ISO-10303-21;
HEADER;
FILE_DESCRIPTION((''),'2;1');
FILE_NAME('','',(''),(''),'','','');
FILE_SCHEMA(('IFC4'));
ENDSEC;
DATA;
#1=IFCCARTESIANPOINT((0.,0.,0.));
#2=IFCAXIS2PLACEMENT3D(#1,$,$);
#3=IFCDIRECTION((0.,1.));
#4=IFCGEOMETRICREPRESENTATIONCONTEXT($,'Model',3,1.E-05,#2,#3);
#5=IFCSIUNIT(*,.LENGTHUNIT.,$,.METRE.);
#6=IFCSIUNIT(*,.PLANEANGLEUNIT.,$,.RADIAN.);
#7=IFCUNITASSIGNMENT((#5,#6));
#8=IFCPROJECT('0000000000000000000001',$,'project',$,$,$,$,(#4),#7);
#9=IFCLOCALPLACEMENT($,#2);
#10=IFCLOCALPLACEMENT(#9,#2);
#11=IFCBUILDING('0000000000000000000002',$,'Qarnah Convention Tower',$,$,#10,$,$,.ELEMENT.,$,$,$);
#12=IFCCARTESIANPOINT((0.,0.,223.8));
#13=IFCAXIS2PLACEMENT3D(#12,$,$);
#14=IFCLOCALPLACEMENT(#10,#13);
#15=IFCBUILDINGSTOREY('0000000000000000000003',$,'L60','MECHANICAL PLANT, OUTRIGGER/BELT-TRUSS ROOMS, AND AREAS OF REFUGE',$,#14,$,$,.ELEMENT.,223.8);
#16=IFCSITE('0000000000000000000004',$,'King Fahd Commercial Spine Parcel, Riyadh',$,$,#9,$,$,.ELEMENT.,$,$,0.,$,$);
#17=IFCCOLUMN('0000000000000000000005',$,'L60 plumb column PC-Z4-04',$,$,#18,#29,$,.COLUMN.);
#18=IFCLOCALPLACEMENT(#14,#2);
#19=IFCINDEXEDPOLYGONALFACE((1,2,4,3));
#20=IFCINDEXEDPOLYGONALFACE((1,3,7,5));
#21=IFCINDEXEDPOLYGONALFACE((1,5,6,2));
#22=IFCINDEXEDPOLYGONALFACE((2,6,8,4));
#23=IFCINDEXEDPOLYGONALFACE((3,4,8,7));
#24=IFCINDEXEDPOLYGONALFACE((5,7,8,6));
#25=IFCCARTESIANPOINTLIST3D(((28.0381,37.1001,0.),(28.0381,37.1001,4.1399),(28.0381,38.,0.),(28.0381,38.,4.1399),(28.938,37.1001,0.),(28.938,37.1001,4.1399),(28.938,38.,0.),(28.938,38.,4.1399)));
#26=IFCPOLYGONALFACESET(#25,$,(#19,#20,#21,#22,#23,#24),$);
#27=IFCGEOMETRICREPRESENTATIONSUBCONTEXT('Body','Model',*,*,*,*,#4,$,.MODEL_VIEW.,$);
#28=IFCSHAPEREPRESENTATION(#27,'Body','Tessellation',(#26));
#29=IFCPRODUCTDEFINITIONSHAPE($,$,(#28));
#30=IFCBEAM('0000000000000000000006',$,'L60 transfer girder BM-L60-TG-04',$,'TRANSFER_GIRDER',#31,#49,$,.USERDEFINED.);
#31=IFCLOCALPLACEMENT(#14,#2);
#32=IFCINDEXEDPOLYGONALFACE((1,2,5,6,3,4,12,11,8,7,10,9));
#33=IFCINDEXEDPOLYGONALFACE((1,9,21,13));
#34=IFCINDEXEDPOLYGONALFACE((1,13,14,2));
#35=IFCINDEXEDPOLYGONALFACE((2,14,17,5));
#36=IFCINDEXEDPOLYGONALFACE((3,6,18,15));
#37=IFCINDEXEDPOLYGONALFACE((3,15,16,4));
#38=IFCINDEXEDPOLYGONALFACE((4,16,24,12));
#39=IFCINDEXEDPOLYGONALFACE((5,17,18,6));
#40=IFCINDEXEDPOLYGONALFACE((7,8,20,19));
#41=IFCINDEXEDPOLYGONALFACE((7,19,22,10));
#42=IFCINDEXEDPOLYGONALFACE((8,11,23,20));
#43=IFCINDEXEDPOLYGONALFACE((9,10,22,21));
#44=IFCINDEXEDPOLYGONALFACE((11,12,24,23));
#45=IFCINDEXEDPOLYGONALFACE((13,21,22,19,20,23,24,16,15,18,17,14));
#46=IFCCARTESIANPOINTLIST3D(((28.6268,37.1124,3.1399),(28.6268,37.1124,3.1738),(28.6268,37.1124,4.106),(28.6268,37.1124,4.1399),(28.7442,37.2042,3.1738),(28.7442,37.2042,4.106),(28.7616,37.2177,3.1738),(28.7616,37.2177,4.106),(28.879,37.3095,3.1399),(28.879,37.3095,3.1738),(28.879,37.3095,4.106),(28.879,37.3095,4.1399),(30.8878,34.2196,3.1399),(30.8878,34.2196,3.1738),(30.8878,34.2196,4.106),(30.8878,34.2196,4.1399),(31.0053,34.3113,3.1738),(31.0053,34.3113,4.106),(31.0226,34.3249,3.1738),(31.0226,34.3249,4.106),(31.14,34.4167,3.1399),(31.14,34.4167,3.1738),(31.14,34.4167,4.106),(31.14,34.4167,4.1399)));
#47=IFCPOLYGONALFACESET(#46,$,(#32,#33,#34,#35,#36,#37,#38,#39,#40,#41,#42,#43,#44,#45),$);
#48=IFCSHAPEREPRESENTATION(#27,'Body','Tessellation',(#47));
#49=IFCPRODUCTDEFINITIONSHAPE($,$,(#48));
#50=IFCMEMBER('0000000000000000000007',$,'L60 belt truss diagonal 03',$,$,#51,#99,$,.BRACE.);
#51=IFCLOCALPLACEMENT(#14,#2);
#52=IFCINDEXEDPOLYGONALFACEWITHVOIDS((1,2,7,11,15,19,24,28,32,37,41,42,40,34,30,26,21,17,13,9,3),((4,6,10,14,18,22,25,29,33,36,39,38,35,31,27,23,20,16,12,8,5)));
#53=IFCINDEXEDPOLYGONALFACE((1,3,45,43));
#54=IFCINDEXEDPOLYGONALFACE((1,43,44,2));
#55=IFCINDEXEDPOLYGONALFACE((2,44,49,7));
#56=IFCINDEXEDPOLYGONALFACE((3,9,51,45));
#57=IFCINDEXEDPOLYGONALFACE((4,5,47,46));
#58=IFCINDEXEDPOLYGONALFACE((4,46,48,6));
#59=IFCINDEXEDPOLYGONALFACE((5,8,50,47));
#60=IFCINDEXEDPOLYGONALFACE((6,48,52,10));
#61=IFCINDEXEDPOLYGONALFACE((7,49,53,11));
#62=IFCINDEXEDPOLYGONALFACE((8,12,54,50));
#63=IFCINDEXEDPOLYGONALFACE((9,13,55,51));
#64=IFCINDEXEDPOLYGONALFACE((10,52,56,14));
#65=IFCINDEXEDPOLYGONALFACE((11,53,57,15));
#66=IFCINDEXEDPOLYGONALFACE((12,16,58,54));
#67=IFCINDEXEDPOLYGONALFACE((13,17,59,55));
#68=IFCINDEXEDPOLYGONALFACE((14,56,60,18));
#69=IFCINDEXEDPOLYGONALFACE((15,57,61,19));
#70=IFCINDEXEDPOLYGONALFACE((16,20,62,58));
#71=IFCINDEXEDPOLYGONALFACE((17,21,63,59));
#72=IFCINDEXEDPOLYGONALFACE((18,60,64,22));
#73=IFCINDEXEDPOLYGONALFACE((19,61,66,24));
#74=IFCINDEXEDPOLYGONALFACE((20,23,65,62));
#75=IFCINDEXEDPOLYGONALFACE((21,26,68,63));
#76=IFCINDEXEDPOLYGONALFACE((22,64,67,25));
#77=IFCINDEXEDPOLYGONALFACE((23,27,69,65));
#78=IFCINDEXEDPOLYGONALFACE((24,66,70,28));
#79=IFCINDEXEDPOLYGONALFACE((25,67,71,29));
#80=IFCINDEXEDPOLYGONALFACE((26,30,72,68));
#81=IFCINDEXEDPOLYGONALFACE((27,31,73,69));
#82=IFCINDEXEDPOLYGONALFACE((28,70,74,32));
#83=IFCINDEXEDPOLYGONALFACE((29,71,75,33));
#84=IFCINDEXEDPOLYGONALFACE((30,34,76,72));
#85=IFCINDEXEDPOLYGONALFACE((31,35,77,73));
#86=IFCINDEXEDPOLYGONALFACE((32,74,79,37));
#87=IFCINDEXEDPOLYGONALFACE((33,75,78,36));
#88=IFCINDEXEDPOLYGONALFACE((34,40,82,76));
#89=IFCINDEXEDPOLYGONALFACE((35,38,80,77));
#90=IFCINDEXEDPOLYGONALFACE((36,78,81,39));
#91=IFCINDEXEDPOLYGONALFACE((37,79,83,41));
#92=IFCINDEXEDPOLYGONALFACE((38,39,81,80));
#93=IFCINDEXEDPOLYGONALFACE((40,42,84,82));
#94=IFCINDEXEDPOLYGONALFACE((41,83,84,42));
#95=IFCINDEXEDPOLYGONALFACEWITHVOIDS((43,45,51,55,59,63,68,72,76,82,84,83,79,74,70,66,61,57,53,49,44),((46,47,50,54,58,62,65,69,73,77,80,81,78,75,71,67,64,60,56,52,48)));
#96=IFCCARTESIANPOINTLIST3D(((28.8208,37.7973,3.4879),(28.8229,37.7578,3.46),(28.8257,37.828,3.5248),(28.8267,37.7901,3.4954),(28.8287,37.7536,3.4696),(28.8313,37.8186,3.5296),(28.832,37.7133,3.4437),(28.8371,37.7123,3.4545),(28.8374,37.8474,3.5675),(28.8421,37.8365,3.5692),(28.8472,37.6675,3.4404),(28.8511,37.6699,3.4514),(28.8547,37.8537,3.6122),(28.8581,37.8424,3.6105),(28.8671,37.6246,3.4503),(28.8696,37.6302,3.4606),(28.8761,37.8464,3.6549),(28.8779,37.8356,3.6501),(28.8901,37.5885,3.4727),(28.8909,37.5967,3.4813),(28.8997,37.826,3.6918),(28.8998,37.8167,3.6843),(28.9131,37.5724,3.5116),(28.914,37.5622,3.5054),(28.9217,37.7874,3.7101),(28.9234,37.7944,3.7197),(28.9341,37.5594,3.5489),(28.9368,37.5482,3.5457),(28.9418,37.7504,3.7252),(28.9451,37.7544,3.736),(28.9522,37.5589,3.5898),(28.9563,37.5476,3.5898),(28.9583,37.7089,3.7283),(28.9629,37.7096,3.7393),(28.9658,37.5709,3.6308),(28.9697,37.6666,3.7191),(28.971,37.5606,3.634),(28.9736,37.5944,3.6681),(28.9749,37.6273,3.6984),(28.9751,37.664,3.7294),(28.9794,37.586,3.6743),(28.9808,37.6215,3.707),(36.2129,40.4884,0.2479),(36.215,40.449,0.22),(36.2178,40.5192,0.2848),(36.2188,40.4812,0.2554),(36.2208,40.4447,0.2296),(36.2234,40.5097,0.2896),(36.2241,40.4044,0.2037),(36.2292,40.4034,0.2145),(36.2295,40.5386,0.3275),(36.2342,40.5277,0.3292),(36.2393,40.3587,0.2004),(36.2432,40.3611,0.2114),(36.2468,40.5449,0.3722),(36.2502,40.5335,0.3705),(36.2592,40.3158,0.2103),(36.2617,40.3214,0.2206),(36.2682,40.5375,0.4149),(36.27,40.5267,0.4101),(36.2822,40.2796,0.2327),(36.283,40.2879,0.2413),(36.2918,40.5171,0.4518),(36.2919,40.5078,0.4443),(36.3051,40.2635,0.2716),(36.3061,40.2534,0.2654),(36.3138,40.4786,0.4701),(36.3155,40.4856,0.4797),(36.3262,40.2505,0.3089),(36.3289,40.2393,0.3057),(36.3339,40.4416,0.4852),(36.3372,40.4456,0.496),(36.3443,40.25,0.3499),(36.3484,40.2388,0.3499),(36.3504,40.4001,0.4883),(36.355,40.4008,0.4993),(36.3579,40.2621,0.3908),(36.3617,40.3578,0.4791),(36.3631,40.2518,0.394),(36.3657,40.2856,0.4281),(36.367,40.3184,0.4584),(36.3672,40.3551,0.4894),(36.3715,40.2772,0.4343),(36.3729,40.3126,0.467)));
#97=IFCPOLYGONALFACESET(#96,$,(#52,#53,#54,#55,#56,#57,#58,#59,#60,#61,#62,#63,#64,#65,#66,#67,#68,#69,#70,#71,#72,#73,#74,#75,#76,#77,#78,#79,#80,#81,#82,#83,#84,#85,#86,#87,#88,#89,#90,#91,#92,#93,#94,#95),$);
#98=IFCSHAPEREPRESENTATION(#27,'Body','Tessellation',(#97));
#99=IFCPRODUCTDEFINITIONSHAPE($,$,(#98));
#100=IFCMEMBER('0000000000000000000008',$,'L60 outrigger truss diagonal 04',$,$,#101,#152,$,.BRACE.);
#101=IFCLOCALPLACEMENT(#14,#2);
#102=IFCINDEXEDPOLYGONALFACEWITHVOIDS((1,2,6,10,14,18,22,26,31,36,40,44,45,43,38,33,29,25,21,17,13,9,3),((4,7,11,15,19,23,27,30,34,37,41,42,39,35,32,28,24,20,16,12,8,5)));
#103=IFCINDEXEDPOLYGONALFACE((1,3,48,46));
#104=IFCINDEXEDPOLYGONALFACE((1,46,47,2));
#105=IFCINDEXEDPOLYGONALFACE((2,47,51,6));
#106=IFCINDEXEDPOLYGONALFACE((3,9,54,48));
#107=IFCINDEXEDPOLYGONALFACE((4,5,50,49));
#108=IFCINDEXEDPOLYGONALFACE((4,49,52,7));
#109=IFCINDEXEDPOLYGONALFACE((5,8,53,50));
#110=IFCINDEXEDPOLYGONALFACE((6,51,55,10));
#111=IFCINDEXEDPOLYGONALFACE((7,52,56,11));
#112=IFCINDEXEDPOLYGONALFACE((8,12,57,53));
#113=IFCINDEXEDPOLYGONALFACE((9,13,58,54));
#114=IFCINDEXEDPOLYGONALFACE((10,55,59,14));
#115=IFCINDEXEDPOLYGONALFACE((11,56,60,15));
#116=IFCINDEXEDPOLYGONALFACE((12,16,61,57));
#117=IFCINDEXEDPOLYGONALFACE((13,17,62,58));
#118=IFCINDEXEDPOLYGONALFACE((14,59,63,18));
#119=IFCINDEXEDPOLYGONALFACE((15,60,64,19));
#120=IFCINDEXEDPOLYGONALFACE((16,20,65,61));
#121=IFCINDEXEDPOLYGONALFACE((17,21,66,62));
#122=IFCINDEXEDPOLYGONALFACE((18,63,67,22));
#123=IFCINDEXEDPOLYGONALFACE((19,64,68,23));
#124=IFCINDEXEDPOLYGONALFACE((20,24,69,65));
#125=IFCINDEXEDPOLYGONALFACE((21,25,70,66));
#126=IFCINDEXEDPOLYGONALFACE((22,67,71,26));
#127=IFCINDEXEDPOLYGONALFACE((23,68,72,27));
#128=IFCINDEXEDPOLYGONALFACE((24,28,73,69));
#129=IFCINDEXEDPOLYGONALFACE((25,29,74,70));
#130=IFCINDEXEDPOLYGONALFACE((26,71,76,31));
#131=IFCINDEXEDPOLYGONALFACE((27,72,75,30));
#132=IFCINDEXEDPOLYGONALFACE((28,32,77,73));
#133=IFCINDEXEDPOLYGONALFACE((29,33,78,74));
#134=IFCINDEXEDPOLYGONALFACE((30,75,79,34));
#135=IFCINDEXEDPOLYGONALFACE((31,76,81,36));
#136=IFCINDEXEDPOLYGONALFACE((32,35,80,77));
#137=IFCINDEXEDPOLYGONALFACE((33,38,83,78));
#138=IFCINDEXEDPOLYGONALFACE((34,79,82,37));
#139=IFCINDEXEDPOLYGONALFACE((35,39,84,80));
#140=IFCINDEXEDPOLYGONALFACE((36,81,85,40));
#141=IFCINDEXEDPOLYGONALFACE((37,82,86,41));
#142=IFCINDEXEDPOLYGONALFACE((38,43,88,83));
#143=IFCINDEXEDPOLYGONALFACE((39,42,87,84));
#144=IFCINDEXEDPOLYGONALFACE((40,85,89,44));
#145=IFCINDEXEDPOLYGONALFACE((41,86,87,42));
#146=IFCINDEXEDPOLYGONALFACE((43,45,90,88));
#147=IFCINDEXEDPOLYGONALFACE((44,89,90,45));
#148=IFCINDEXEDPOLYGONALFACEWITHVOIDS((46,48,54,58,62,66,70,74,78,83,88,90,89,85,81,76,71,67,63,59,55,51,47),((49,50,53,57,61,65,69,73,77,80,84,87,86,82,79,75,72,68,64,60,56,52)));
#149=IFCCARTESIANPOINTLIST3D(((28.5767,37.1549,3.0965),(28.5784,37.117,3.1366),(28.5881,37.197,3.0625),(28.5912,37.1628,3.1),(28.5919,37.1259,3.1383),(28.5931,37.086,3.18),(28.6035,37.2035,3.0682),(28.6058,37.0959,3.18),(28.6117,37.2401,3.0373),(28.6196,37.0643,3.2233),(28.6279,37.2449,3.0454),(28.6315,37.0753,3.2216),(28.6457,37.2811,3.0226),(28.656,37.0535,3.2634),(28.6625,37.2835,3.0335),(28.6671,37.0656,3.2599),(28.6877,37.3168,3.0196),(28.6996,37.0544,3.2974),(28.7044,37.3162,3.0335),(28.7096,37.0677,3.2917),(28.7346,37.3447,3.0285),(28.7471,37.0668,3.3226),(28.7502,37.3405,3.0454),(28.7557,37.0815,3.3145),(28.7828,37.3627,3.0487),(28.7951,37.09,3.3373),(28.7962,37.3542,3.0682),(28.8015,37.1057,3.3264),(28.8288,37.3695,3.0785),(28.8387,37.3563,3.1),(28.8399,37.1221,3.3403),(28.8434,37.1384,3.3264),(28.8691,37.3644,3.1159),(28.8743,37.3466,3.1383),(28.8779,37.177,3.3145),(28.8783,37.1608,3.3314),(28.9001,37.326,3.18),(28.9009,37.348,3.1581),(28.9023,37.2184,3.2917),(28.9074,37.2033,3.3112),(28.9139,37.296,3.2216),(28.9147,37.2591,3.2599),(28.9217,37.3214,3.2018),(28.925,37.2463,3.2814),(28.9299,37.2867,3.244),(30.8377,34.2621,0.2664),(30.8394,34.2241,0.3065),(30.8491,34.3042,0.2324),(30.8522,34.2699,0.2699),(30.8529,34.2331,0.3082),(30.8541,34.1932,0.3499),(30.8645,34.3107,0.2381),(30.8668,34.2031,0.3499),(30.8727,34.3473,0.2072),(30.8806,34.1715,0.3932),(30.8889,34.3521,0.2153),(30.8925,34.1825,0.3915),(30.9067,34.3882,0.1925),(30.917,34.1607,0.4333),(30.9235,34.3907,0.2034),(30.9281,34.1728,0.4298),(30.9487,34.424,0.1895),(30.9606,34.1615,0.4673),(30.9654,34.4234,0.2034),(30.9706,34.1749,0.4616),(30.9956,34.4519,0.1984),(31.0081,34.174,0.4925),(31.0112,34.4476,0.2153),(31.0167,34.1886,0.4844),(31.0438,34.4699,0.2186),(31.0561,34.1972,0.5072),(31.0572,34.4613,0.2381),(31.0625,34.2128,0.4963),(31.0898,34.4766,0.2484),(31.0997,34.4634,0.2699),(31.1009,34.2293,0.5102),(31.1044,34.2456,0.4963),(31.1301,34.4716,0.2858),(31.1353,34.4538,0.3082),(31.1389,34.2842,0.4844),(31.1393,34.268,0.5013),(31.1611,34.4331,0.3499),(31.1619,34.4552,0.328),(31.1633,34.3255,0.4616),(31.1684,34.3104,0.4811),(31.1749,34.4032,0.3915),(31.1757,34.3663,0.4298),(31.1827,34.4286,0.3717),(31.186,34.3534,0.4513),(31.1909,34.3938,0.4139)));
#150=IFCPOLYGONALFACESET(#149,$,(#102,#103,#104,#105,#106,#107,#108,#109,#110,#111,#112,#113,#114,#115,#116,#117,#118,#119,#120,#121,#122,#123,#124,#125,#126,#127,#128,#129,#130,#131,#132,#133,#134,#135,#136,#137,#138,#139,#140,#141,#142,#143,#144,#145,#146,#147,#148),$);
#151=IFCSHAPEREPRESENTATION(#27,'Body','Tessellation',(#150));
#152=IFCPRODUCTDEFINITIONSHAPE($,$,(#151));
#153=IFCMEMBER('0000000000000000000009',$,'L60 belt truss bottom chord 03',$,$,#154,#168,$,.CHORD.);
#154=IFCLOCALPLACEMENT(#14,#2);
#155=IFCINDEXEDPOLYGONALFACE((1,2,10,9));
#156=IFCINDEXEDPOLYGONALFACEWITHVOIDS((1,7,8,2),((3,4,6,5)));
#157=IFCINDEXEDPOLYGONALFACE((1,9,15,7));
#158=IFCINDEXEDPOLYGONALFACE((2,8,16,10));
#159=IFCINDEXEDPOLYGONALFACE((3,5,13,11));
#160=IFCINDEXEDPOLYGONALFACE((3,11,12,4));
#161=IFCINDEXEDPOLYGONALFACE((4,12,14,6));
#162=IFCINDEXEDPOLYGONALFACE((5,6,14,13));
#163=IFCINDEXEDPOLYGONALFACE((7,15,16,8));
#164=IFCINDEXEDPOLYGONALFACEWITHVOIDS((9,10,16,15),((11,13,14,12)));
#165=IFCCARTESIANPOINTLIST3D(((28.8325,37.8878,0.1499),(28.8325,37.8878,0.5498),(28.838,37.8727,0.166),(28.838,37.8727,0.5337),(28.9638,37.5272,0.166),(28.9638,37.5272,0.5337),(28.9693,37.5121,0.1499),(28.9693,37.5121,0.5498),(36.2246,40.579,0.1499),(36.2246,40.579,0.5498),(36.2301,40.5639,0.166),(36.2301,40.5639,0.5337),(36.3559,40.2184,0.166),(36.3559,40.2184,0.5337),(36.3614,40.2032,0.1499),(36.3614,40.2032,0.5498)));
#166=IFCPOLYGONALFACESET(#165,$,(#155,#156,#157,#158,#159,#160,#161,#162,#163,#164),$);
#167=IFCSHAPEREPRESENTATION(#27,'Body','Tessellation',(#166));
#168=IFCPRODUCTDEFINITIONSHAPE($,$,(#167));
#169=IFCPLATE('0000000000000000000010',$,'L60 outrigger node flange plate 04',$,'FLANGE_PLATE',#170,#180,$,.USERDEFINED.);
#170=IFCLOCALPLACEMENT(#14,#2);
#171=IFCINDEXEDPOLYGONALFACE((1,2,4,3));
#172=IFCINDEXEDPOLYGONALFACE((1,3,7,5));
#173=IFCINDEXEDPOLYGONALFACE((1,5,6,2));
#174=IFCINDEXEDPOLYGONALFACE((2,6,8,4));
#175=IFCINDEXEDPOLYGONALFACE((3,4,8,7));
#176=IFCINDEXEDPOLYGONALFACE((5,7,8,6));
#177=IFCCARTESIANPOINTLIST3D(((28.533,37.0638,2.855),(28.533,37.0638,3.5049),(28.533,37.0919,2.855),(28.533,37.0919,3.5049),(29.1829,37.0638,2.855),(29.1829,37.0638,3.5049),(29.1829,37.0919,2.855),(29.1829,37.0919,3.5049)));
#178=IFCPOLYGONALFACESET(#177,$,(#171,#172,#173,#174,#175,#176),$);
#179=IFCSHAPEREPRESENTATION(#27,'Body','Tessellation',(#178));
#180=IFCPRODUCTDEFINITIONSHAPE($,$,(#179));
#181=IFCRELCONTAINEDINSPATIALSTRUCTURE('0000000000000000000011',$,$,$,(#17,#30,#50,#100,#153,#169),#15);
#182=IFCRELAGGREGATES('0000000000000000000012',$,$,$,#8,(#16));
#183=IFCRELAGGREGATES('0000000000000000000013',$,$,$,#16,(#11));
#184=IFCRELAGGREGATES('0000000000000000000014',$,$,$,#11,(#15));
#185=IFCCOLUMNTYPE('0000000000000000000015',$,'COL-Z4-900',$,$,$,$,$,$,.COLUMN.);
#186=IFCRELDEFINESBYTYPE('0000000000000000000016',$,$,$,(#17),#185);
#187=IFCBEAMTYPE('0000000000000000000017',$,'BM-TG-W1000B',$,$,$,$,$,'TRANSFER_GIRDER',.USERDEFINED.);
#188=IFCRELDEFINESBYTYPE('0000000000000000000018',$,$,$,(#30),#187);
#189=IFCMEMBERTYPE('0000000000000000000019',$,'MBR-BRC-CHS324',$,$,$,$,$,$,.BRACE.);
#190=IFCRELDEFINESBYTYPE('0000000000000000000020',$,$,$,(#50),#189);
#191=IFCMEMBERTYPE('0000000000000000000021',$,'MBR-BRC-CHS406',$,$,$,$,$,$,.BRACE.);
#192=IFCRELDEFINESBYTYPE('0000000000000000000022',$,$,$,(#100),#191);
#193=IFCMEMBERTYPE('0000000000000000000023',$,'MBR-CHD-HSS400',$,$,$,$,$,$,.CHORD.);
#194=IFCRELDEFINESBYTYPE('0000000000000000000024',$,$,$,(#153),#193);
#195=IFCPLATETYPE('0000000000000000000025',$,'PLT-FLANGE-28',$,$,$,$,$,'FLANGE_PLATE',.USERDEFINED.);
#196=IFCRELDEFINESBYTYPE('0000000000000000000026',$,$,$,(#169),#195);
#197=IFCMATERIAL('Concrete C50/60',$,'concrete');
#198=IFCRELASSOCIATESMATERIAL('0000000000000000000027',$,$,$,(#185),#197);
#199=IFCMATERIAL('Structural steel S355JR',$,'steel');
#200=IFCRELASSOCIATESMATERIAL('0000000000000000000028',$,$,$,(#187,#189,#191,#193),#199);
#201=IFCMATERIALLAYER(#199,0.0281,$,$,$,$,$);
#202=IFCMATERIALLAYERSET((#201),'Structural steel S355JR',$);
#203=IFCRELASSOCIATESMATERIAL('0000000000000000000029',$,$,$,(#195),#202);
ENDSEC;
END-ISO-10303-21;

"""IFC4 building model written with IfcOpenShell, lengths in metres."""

from ifc_helpers import new_model, si_unit, direction, frame, origin, origin_2d, place, context, subcontext, project, spatial, rectangle, hollow_rectangle, hollow_circle, i_section, extrude, material, layer, layer_set, material_profile, profile_set, type_object, element, save


model = new_model("IFC4")

# Units and contexts
model_context = context("Model", 3, precision=1e-05, world=origin(), true_north=direction((0.0, 1.0)))
body_context = subcontext(model_context, "Body", "Model", "MODEL_VIEW")
ifc_project = project(units=[si_unit("LENGTHUNIT", "METRE"), si_unit("PLANEANGLEUNIT", "RADIAN")], contexts=[model_context])

# Site, building, storey
site_placement = place(None, origin())
site = spatial("IfcSite", under=ifc_project, at=site_placement, Name="King Fahd Commercial Spine Parcel, Riyadh", CompositionType="ELEMENT", RefElevation=0.0)
building_placement = place(site_placement, origin())
building = spatial("IfcBuilding", under=site, at=building_placement, Name="Qarnah Convention Tower", CompositionType="ELEMENT")
storey_placement = place(building_placement, frame((0.0, 0.0, 223.8)))
storey = spatial("IfcBuildingStorey", under=building, at=storey_placement, Name="L60", Description="MECHANICAL PLANT, OUTRIGGER/BELT-TRUSS ROOMS, AND AREAS OF REFUGE", CompositionType="ELEMENT", Elevation=223.8)

# Column
ifc_material_1 = material(Name="Concrete C50/60", Category="concrete")
ifc_material_profile_1 = material_profile(ifc_material_1, rectangle(XDim=0.8999, YDim=0.8999, at=origin_2d()), Name="RC-COL-900X900")
ifc_profile_set_1 = profile_set([ifc_material_profile_1], Name="Concrete C50/60")
column_type = type_object("IfcColumnType", Name="COL-Z4-900", PredefinedType="COLUMN", material=ifc_profile_set_1)
column_placement = place(storey_placement, frame((28.488, 37.55, 0.0), z_axis=(0.0, 0.0, 1.0), x_axis=(1.0, 0.0, 0.0)))
element("IfcColumn", 1, at=column_placement, inside=storey, type_object=column_type, Name="L60 plumb column PC-Z4-04", PredefinedType="COLUMN", context=body_context, shape_type="SweptSolid", body=[
    extrude(rectangle(XDim=0.8999, YDim=0.8999, at=origin_2d()), origin(), (0.0, 0.0, 1.0), 4.1399),
])

# Beam
ifc_material_2 = material(Name="Structural steel S355JR", Category="steel")
ifc_material_profile_2 = material_profile(ifc_material_2, i_section(OverallWidth=0.3201, OverallDepth=1.0, WebThickness=0.022, FlangeThickness=0.0339, at=origin_2d()), Name="W1000X371")
ifc_profile_set_2 = profile_set([ifc_material_profile_2], Name="Structural steel S355JR")
beam_type = type_object("IfcBeamType", Name="BM-TG-W1000B", ElementType="TRANSFER_GIRDER", PredefinedType="USERDEFINED", material=ifc_profile_set_2)
beam_placement = place(storey_placement, frame((31.0139, 34.3181, 3.6399), z_axis=(-0.615808, 0.787896, 0.0), x_axis=(-0.787896, -0.615808, 0.0)))
element("IfcBeam", 2, at=beam_placement, inside=storey, type_object=beam_type, Name="L60 transfer girder BM-L60-TG-04", ObjectType="TRANSFER_GIRDER", PredefinedType="USERDEFINED", context=body_context, shape_type="SweptSolid", body=[
    extrude(i_section(OverallWidth=0.3201, OverallDepth=1.0, WebThickness=0.022, FlangeThickness=0.0339, at=origin_2d()), origin(), (0.0, 0.0, 1.0), 3.6716),
])

# Members
ifc_material_profile_3 = material_profile(ifc_material_2, hollow_circle(Radius=0.1621, WallThickness=0.012, at=origin_2d()), Name="CHS324X12")
ifc_profile_set_3 = profile_set([ifc_material_profile_3], Name="Structural steel S355JR")
member_type_1 = type_object("IfcMemberType", Name="MBR-BRC-CHS324", PredefinedType="BRACE", material=ifc_profile_set_3)
member_1_placement = place(storey_placement, frame((36.293, 40.3911, 0.3499), z_axis=(-0.868859, -0.316317, 0.380825), x_axis=(0.342094, -0.939666, 0.0)))
element("IfcMember", 3, at=member_1_placement, inside=storey, type_object=member_type_1, Name="L60 belt truss diagonal 03", PredefinedType="BRACE", context=body_context, shape_type="SweptSolid", body=[
    extrude(hollow_circle(Radius=0.1621, WallThickness=0.012, at=origin_2d()), origin(), (0.0, 0.0, 1.0), 8.5078),
])
ifc_material_profile_4 = material_profile(ifc_material_2, hollow_circle(Radius=0.2029, WallThickness=0.0161, at=origin_2d()), Name="CHS406X16")
ifc_profile_set_4 = profile_set([ifc_material_profile_4], Name="Structural steel S355JR")
member_type_2 = type_object("IfcMemberType", Name="MBR-BRC-CHS406", PredefinedType="BRACE", material=ifc_profile_set_4)
member_2_placement = place(storey_placement, frame((31.0139, 34.3181, 0.3499), z_axis=(-0.487732, 0.62403, 0.610495), x_axis=(-0.787896, -0.615808, 0.0)))
element("IfcMember", 4, at=member_2_placement, inside=storey, type_object=member_type_2, Name="L60 outrigger truss diagonal 04", PredefinedType="BRACE", context=body_context, shape_type="SweptSolid", body=[
    extrude(hollow_circle(Radius=0.2029, WallThickness=0.0161, at=origin_2d()), origin(), (0.0, 0.0, 1.0), 4.6357),
])
ifc_material_profile_5 = material_profile(ifc_material_2, hollow_rectangle(XDim=0.3999, YDim=0.3999, WallThickness=0.0161, at=origin_2d()), Name="HSS400X400X16")
ifc_profile_set_5 = profile_set([ifc_material_profile_5], Name="Structural steel S355JR")
member_type_3 = type_object("IfcMemberType", Name="MBR-CHD-HSS400", PredefinedType="CHORD", material=ifc_profile_set_5)
member_3_placement = place(storey_placement, frame((36.293, 40.3911, 0.3499), z_axis=(-0.939666, -0.342094, 0.0), x_axis=(0.342094, -0.939666, 0.0)))
element("IfcMember", 5, at=member_3_placement, inside=storey, type_object=member_type_3, Name="L60 belt truss bottom chord 03", PredefinedType="CHORD", context=body_context, shape_type="SweptSolid", body=[
    extrude(hollow_rectangle(XDim=0.3999, YDim=0.3999, WallThickness=0.0161, at=origin_2d()), origin(), (0.0, 0.0, 1.0), 7.8667),
])

# Plate
ifc_layer_1 = layer(ifc_material_2, 0.0281)
ifc_layer_set_1 = layer_set([ifc_layer_1], Name="Structural steel S355JR")
plate_type = type_object("IfcPlateType", Name="PLT-FLANGE-28", ElementType="FLANGE_PLATE", PredefinedType="USERDEFINED", material=ifc_layer_set_1)
plate_placement = place(storey_placement, frame((28.8579, 37.0779, 2.855), z_axis=(0.0, 0.0, 1.0), x_axis=(1.0, 0.0, 0.0)))
element("IfcPlate", 6, at=plate_placement, inside=storey, type_object=plate_type, Name="L60 outrigger node flange plate 04", ObjectType="FLANGE_PLATE", PredefinedType="USERDEFINED", context=body_context, shape_type="SweptSolid", body=[
    extrude(rectangle(XDim=0.6499, YDim=0.0281, at=origin_2d()), origin(), (0.0, 0.0, 1.0), 0.6499),
])

save(model, "model.ifc")
